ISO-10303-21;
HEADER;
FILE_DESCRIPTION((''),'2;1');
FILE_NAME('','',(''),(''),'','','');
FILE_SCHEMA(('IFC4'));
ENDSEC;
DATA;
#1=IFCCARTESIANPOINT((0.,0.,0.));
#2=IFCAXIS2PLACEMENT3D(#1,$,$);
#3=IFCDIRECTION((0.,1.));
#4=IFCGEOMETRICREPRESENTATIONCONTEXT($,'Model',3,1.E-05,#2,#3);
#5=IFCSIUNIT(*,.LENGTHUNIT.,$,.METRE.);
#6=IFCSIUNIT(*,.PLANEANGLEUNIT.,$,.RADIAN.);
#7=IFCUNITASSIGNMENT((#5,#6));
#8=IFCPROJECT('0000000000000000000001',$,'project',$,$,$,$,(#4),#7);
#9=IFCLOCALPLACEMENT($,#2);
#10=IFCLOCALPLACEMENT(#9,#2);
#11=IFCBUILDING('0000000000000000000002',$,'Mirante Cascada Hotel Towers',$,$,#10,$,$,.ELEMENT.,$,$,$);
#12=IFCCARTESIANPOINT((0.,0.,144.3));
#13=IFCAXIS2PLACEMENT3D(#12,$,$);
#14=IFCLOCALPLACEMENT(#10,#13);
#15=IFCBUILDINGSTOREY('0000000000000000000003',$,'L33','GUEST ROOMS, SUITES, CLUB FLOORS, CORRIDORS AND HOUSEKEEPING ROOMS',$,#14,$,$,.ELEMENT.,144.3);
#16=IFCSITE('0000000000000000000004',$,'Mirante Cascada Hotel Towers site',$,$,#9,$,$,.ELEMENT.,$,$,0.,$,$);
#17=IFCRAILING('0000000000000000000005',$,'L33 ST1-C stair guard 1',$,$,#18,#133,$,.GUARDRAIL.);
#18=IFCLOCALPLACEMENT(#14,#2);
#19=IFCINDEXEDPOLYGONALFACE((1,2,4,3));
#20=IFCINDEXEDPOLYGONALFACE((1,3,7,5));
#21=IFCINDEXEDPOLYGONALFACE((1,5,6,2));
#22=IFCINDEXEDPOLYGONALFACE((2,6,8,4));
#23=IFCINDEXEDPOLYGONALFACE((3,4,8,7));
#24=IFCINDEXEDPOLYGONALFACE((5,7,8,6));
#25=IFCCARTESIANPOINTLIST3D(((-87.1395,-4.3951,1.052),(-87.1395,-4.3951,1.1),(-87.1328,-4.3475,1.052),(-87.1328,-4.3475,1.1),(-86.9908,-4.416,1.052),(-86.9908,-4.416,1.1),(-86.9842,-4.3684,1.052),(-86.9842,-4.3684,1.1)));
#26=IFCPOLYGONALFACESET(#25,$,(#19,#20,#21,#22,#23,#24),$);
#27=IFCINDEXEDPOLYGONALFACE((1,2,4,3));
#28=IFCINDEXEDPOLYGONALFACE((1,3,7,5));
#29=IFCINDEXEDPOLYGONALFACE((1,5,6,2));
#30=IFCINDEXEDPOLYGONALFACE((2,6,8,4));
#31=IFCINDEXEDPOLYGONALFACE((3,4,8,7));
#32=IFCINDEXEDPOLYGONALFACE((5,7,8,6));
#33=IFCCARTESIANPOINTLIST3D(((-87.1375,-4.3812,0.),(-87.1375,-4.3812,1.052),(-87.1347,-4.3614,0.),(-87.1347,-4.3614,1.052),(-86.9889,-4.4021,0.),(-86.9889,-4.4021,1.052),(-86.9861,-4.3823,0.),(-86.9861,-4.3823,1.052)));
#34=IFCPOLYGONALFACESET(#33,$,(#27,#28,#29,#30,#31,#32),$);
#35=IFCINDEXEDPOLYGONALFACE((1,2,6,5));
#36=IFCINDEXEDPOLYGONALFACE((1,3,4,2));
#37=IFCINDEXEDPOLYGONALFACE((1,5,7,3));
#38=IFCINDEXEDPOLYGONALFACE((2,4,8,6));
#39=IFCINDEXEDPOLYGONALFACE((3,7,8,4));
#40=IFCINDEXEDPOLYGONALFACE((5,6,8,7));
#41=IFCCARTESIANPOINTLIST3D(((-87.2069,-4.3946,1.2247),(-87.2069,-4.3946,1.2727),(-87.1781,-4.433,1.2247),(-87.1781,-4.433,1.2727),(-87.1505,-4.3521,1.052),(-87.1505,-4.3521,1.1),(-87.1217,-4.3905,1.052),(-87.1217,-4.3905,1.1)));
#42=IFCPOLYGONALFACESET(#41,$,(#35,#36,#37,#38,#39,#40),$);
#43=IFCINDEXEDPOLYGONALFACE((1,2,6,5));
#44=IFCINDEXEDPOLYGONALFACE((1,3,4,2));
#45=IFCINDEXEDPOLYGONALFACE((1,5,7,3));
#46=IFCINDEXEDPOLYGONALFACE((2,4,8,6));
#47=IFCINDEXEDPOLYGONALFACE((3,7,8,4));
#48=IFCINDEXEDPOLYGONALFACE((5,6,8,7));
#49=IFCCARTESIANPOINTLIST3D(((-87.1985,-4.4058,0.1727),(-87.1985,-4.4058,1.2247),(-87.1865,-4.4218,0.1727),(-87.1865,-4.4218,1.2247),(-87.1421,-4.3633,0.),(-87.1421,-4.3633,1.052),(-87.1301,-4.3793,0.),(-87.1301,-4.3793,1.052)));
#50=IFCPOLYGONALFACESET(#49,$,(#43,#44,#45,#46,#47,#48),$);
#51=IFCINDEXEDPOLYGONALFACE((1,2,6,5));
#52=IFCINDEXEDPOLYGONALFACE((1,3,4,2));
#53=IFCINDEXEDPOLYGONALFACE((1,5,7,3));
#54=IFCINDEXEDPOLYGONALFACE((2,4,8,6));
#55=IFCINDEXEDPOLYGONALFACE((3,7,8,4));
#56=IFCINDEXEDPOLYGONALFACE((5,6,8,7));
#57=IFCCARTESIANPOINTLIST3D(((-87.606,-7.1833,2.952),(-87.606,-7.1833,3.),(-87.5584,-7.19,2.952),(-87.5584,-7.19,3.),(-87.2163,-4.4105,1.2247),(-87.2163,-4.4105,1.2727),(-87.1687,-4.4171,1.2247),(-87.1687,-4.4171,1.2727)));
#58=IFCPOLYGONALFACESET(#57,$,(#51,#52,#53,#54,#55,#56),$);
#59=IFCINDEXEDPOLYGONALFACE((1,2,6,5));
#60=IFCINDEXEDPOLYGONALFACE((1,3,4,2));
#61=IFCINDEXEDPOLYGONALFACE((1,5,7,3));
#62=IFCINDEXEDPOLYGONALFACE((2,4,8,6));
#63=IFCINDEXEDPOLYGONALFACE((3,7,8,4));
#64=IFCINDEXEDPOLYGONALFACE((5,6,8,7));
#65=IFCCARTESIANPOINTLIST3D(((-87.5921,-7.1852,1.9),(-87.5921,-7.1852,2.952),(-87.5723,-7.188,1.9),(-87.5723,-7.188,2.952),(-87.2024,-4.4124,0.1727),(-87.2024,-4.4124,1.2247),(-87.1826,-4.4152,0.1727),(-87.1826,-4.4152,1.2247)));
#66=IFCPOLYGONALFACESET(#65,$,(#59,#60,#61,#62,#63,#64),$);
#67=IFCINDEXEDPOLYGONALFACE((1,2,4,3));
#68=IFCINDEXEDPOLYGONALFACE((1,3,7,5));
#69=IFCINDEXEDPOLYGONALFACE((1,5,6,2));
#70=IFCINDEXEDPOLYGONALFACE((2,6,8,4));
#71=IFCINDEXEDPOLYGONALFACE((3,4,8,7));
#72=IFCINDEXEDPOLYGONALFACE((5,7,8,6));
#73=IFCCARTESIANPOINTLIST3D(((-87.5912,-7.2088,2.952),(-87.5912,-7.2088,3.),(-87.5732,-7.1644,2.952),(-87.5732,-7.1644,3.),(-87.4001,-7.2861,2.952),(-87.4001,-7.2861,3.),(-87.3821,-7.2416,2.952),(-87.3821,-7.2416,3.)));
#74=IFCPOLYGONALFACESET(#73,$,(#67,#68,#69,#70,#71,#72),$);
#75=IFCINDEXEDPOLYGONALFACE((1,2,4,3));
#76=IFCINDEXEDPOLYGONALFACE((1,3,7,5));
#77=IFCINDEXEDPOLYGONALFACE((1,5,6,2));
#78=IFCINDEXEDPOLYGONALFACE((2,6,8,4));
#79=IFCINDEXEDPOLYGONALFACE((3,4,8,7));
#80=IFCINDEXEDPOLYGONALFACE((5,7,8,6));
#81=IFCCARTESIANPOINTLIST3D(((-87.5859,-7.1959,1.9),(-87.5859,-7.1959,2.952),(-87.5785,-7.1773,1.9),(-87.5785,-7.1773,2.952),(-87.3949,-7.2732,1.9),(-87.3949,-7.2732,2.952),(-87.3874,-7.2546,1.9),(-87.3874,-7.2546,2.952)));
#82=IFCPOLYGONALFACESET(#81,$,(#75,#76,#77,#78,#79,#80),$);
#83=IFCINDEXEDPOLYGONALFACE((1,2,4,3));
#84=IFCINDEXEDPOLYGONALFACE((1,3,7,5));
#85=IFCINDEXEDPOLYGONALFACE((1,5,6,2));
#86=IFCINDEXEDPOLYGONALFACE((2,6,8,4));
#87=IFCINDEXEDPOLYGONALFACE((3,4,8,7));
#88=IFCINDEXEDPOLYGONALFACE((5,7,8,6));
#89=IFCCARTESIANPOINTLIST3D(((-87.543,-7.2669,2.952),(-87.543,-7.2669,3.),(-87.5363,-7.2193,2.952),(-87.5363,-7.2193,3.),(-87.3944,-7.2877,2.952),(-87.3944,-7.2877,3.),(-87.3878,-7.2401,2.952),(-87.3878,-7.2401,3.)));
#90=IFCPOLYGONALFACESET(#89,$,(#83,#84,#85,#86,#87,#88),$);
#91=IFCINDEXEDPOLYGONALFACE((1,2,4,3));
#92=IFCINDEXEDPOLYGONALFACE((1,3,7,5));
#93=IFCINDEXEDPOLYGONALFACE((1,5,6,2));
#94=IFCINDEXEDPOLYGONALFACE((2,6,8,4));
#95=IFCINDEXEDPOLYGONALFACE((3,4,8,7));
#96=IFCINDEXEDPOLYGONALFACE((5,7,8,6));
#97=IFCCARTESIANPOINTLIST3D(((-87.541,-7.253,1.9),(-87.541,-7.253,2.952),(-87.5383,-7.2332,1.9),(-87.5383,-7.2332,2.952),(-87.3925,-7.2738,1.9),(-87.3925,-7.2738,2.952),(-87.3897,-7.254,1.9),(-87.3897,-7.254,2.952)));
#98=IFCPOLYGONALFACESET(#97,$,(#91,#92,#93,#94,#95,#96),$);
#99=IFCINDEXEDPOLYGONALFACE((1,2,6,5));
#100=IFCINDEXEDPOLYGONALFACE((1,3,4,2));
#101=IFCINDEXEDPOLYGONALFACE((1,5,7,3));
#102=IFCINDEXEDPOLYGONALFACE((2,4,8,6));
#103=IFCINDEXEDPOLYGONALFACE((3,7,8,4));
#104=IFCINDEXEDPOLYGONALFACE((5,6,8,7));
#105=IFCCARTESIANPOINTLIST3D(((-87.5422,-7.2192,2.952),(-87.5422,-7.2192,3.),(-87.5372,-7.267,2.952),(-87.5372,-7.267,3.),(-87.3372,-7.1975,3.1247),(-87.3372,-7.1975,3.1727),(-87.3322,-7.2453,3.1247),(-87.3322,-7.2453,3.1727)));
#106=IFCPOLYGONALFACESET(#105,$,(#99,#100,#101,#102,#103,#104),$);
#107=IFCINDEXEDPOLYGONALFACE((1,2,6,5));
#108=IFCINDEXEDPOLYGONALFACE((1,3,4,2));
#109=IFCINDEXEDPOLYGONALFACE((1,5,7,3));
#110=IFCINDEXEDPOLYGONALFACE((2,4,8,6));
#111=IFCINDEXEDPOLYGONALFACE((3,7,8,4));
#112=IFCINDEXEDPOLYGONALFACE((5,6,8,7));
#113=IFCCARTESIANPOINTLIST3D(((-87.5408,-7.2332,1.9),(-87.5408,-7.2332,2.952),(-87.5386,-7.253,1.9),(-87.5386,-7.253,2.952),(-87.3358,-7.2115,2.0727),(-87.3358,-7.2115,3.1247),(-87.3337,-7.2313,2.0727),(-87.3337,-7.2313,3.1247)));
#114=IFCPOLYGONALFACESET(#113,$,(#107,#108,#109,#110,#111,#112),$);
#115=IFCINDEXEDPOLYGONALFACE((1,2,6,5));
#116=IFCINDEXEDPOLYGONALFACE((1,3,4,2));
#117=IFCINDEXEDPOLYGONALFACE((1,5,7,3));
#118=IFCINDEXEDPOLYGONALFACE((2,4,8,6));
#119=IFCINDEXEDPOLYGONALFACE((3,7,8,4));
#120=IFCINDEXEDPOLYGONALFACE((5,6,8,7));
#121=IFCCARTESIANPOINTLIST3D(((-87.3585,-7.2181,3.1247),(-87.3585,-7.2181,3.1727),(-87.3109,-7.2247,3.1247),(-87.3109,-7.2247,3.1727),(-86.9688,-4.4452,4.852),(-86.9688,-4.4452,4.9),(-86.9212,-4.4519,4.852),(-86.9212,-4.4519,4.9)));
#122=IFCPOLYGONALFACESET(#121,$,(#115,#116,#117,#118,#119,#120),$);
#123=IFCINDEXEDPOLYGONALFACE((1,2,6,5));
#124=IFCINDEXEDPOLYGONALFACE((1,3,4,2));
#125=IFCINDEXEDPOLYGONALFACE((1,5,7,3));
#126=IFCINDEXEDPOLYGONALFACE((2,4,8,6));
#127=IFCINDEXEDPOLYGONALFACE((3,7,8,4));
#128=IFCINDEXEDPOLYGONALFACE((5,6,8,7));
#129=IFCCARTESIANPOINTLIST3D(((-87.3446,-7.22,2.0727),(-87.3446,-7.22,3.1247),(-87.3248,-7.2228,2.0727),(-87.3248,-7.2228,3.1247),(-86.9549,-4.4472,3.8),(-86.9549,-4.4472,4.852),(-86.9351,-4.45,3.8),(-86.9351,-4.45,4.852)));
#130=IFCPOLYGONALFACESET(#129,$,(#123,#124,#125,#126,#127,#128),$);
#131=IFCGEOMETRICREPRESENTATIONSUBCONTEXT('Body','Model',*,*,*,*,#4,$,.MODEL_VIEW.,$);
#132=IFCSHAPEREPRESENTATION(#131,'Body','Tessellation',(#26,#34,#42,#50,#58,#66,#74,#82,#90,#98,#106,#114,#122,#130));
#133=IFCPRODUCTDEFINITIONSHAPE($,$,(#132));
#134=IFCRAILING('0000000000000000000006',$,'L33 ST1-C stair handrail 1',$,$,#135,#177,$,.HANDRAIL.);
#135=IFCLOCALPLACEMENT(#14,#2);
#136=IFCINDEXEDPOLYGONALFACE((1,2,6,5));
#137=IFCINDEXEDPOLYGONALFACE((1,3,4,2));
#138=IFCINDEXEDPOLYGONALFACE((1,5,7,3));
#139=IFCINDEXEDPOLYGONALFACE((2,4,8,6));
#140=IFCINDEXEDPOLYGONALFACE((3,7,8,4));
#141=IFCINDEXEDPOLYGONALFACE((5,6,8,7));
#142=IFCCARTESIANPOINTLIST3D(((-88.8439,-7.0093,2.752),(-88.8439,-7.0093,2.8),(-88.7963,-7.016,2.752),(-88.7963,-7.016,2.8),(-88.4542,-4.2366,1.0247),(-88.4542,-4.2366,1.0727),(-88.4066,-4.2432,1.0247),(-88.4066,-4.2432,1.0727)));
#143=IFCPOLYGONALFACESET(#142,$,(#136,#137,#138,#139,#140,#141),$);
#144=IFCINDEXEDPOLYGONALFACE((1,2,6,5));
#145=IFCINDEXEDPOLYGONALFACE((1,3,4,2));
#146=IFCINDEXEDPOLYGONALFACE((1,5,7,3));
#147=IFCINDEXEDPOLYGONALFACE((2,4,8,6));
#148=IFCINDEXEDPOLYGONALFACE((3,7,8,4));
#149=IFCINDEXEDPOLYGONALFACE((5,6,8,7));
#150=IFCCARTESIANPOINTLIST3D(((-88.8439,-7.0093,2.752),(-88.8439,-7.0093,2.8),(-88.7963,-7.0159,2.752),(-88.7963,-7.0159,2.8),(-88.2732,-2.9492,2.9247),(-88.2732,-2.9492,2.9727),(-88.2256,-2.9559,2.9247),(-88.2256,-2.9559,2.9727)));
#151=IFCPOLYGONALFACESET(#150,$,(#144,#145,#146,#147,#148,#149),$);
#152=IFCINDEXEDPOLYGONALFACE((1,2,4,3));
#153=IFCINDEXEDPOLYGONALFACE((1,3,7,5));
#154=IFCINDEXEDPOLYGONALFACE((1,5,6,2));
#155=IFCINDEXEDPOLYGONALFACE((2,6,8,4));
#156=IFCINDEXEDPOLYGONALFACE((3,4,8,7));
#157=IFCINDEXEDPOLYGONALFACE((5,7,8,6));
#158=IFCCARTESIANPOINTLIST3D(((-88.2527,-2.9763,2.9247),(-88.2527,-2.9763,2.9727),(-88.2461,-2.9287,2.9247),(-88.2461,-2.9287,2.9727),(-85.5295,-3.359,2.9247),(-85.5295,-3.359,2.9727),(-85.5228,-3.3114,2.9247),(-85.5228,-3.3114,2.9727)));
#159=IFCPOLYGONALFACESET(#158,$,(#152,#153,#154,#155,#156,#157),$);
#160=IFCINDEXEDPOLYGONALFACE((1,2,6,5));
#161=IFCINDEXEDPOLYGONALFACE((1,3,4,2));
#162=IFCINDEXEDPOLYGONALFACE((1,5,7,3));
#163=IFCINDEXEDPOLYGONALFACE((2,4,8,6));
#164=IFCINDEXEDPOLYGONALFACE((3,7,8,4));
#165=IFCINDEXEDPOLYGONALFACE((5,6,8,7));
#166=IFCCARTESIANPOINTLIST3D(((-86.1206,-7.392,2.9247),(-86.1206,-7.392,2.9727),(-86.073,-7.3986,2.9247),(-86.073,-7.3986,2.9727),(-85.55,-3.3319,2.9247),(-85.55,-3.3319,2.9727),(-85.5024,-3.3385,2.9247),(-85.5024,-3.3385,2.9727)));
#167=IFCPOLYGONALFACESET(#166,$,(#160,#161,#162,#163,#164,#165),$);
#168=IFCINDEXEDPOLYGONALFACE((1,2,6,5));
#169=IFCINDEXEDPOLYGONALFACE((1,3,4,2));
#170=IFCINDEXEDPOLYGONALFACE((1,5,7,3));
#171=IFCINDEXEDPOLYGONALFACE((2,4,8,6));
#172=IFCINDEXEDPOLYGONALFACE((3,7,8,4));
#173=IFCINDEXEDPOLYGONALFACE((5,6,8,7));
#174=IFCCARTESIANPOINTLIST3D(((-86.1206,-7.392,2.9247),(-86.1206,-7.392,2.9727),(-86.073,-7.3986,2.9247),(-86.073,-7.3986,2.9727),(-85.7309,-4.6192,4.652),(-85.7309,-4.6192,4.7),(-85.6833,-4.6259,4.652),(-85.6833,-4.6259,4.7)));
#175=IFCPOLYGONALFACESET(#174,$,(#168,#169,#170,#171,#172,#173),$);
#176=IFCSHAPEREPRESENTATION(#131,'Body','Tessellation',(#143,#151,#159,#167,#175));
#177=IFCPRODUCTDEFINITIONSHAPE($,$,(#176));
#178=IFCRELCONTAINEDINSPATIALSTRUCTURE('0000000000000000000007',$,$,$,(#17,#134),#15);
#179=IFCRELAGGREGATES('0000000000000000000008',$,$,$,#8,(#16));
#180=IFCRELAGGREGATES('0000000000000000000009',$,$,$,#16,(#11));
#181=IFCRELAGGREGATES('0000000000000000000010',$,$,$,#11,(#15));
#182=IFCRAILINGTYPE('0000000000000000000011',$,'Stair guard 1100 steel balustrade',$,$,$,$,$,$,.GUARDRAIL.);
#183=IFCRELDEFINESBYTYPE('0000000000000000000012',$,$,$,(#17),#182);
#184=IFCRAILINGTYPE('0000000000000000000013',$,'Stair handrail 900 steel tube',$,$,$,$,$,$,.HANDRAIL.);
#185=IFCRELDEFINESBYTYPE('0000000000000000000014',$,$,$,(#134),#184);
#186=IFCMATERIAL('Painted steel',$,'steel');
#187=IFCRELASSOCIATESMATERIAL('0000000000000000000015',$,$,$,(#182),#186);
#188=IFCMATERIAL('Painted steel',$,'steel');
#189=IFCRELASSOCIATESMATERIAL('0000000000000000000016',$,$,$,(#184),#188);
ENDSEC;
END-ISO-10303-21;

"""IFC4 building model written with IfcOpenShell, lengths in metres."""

from ifc_helpers import new_model, si_unit, direction, frame, origin, origin_2d, place, context, subcontext, project, spatial, rectangle, extrude, material, type_object, element, save


model = new_model("IFC4")

# Units and contexts
model_context = context("Model", 3, precision=1e-05, world=origin(), true_north=direction((0.0, 1.0)))
body_context = subcontext(model_context, "Body", "Model", "MODEL_VIEW")
ifc_project = project(units=[si_unit("LENGTHUNIT", "METRE"), si_unit("PLANEANGLEUNIT", "RADIAN")], contexts=[model_context])

# Site, building, storey
site_placement = place(None, origin())
site = spatial("IfcSite", under=ifc_project, at=site_placement, Name="Mirante Cascada Hotel Towers site", CompositionType="ELEMENT", RefElevation=0.0)
building_placement = place(site_placement, origin())
building = spatial("IfcBuilding", under=site, at=building_placement, Name="Mirante Cascada Hotel Towers", CompositionType="ELEMENT")
storey_placement = place(building_placement, frame((0.0, 0.0, 144.3)))
storey = spatial("IfcBuildingStorey", under=building, at=storey_placement, Name="L33", Description="GUEST ROOMS, SUITES, CLUB FLOORS, CORRIDORS AND HOUSEKEEPING ROOMS", CompositionType="ELEMENT", Elevation=144.3)

# Railings
ifc_material_1 = material(Name="Painted steel", Category="steel")
railing_type_1 = type_object("IfcRailingType", Name="Stair guard 1100 steel balustrade", PredefinedType="GUARDRAIL", material=ifc_material_1)
railing_1_placement = place(storey_placement, frame((-86.9875, -4.3922, 0.0)))
element("IfcRailing", 1, at=railing_1_placement, inside=storey, type_object=railing_type_1, Name="L33 ST1-C stair guard 1", PredefinedType="GUARDRAIL", context=body_context, shape_type="SweptSolid", body=[
    extrude(rectangle(XDim=0.048, YDim=0.048, at=origin_2d()), frame((0.0, 0.0, 1.076), z_axis=(-0.990254, 0.139275, 0.0), x_axis=(-0.139275, -0.990254, 0.0)), (0.0, 0.0, 1.0), 0.1501),
    extrude(rectangle(XDim=0.02, YDim=1.052, at=origin_2d()), frame((0.0, 0.0, 0.526), z_axis=(-0.990254, 0.139275, 0.0), x_axis=(-0.139275, -0.990254, 0.0)), (0.0, 0.0, 1.0), 0.1501),
    extrude(rectangle(XDim=0.048, YDim=0.048, at=origin_2d()), frame((-0.1486, 0.0209, 1.076), z_axis=(-0.798639, -0.601811, 0.0), x_axis=(0.601811, -0.798639, 0.0)), (0.0, 0.925603, 0.378496), 0.1866),
    extrude(rectangle(XDim=0.02, YDim=1.052, at=origin_2d()), frame((-0.1486, 0.0209, 0.526), z_axis=(-0.798639, -0.601811, 0.0), x_axis=(0.601811, -0.798639, 0.0)), (0.0, 0.925603, 0.378496), 0.1866),
    extrude(rectangle(XDim=0.048, YDim=0.048, at=origin_2d()), frame((-0.205, -0.0216, 1.2487), z_axis=(-0.139176, -0.990268, 0.0), x_axis=(0.990268, -0.139176, 0.0)), (0.0, 0.525021, 0.851089), 3.29),
    extrude(rectangle(XDim=0.02, YDim=1.052, at=origin_2d()), frame((-0.205, -0.0216, 0.6987), z_axis=(-0.139176, -0.990268, 0.0), x_axis=(0.990268, -0.139176, 0.0)), (0.0, 0.525021, 0.851089), 3.29),
    extrude(rectangle(XDim=0.048, YDim=0.048, at=origin_2d()), frame((-0.5947, -2.7944, 2.976), z_axis=(0.927031, -0.374984, 0.0), x_axis=(0.374984, 0.927031, 0.0)), (0.0, 0.0, 1.0), 0.2061),
    extrude(rectangle(XDim=0.02, YDim=1.052, at=origin_2d()), frame((-0.5947, -2.7944, 2.426), z_axis=(0.927031, -0.374984, 0.0), x_axis=(0.374984, 0.927031, 0.0)), (0.0, 0.0, 1.0), 0.2061),
    extrude(rectangle(XDim=0.048, YDim=0.048, at=origin_2d()), frame((-0.4036, -2.8717, 2.976), z_axis=(-0.990345, 0.138622, 0.0), x_axis=(-0.138622, -0.990345, 0.0)), (0.0, 0.0, 1.0), 0.15),
    extrude(rectangle(XDim=0.02, YDim=1.052, at=origin_2d()), frame((-0.4036, -2.8717, 2.426), z_axis=(-0.990345, 0.138622, 0.0), x_axis=(-0.138622, -0.990345, 0.0)), (0.0, 0.0, 1.0), 0.15),
    extrude(rectangle(XDim=0.048, YDim=0.048, at=origin_2d()), frame((-0.5522, -2.8509, 2.976), z_axis=(0.994444, 0.105266, 0.0), x_axis=(-0.105266, 0.994444, 0.0)), (0.0, 0.642184, 0.76655), 0.2689),
    extrude(rectangle(XDim=0.02, YDim=1.052, at=origin_2d()), frame((-0.5522, -2.8509, 2.426), z_axis=(0.994444, 0.105266, 0.0), x_axis=(-0.105266, 0.994444, 0.0)), (0.0, 0.642184, 0.76655), 0.2689),
    extrude(rectangle(XDim=0.048, YDim=0.048, at=origin_2d()), frame((-0.3472, -2.8292, 3.1487), z_axis=(0.139176, 0.990268, 0.0), x_axis=(-0.990268, 0.139176, 0.0)), (0.0, 0.525021, 0.851089), 3.29),
    extrude(rectangle(XDim=0.02, YDim=1.052, at=origin_2d()), frame((-0.3472, -2.8292, 2.5987), z_axis=(0.139176, 0.990268, 0.0), x_axis=(-0.990268, 0.139176, 0.0)), (0.0, 0.525021, 0.851089), 3.29),
])
ifc_material_2 = material(Name="Painted steel", Category="steel")
railing_type_2 = type_object("IfcRailingType", Name="Stair handrail 900 steel tube", PredefinedType="HANDRAIL", material=ifc_material_2)
railing_2_placement = place(storey_placement, frame((-88.4304, -4.2399, 0.1727)))
element("IfcRailing", 2, at=railing_2_placement, inside=storey, type_object=railing_type_2, Name="L33 ST1-C stair handrail 1", PredefinedType="HANDRAIL", context=body_context, shape_type="SweptSolid", body=[
    extrude(rectangle(XDim=0.048, YDim=0.048, at=origin_2d()), frame((0.0, 0.0, 0.876), z_axis=(-0.139181, -0.990267, 0.0), x_axis=(0.990267, -0.139181, 0.0)), (0.0, 0.525035, 0.851081), 3.2899),
    extrude(rectangle(XDim=0.048, YDim=0.048, at=origin_2d()), frame((-0.3897, -2.7727, 2.6033), z_axis=(0.139195, 0.990265, 0.0), x_axis=(-0.990265, 0.139195, 0.0)), (0.0, 0.042084, 0.999114), 4.1036),
    extrude(rectangle(XDim=0.048, YDim=0.048, at=origin_2d()), frame((0.181, 1.2874, 2.776), z_axis=(0.990269, -0.139166, 0.0), x_axis=(0.139166, 0.990269, 0.0)), (0.0, 0.0, 1.0), 2.75),
    extrude(rectangle(XDim=0.048, YDim=0.048, at=origin_2d()), frame((2.9042, 0.9047, 2.776), z_axis=(-0.139171, -0.990268, 0.0), x_axis=(0.990268, -0.139171, 0.0)), (0.0, 0.0, 1.0), 4.1),
    extrude(rectangle(XDim=0.048, YDim=0.048, at=origin_2d()), frame((2.3336, -3.1554, 2.776), z_axis=(0.139181, 0.990267, 0.0), x_axis=(-0.990267, 0.139181, 0.0)), (0.0, 0.525035, 0.851081), 3.2899),
])

save(model, "model.ifc")
